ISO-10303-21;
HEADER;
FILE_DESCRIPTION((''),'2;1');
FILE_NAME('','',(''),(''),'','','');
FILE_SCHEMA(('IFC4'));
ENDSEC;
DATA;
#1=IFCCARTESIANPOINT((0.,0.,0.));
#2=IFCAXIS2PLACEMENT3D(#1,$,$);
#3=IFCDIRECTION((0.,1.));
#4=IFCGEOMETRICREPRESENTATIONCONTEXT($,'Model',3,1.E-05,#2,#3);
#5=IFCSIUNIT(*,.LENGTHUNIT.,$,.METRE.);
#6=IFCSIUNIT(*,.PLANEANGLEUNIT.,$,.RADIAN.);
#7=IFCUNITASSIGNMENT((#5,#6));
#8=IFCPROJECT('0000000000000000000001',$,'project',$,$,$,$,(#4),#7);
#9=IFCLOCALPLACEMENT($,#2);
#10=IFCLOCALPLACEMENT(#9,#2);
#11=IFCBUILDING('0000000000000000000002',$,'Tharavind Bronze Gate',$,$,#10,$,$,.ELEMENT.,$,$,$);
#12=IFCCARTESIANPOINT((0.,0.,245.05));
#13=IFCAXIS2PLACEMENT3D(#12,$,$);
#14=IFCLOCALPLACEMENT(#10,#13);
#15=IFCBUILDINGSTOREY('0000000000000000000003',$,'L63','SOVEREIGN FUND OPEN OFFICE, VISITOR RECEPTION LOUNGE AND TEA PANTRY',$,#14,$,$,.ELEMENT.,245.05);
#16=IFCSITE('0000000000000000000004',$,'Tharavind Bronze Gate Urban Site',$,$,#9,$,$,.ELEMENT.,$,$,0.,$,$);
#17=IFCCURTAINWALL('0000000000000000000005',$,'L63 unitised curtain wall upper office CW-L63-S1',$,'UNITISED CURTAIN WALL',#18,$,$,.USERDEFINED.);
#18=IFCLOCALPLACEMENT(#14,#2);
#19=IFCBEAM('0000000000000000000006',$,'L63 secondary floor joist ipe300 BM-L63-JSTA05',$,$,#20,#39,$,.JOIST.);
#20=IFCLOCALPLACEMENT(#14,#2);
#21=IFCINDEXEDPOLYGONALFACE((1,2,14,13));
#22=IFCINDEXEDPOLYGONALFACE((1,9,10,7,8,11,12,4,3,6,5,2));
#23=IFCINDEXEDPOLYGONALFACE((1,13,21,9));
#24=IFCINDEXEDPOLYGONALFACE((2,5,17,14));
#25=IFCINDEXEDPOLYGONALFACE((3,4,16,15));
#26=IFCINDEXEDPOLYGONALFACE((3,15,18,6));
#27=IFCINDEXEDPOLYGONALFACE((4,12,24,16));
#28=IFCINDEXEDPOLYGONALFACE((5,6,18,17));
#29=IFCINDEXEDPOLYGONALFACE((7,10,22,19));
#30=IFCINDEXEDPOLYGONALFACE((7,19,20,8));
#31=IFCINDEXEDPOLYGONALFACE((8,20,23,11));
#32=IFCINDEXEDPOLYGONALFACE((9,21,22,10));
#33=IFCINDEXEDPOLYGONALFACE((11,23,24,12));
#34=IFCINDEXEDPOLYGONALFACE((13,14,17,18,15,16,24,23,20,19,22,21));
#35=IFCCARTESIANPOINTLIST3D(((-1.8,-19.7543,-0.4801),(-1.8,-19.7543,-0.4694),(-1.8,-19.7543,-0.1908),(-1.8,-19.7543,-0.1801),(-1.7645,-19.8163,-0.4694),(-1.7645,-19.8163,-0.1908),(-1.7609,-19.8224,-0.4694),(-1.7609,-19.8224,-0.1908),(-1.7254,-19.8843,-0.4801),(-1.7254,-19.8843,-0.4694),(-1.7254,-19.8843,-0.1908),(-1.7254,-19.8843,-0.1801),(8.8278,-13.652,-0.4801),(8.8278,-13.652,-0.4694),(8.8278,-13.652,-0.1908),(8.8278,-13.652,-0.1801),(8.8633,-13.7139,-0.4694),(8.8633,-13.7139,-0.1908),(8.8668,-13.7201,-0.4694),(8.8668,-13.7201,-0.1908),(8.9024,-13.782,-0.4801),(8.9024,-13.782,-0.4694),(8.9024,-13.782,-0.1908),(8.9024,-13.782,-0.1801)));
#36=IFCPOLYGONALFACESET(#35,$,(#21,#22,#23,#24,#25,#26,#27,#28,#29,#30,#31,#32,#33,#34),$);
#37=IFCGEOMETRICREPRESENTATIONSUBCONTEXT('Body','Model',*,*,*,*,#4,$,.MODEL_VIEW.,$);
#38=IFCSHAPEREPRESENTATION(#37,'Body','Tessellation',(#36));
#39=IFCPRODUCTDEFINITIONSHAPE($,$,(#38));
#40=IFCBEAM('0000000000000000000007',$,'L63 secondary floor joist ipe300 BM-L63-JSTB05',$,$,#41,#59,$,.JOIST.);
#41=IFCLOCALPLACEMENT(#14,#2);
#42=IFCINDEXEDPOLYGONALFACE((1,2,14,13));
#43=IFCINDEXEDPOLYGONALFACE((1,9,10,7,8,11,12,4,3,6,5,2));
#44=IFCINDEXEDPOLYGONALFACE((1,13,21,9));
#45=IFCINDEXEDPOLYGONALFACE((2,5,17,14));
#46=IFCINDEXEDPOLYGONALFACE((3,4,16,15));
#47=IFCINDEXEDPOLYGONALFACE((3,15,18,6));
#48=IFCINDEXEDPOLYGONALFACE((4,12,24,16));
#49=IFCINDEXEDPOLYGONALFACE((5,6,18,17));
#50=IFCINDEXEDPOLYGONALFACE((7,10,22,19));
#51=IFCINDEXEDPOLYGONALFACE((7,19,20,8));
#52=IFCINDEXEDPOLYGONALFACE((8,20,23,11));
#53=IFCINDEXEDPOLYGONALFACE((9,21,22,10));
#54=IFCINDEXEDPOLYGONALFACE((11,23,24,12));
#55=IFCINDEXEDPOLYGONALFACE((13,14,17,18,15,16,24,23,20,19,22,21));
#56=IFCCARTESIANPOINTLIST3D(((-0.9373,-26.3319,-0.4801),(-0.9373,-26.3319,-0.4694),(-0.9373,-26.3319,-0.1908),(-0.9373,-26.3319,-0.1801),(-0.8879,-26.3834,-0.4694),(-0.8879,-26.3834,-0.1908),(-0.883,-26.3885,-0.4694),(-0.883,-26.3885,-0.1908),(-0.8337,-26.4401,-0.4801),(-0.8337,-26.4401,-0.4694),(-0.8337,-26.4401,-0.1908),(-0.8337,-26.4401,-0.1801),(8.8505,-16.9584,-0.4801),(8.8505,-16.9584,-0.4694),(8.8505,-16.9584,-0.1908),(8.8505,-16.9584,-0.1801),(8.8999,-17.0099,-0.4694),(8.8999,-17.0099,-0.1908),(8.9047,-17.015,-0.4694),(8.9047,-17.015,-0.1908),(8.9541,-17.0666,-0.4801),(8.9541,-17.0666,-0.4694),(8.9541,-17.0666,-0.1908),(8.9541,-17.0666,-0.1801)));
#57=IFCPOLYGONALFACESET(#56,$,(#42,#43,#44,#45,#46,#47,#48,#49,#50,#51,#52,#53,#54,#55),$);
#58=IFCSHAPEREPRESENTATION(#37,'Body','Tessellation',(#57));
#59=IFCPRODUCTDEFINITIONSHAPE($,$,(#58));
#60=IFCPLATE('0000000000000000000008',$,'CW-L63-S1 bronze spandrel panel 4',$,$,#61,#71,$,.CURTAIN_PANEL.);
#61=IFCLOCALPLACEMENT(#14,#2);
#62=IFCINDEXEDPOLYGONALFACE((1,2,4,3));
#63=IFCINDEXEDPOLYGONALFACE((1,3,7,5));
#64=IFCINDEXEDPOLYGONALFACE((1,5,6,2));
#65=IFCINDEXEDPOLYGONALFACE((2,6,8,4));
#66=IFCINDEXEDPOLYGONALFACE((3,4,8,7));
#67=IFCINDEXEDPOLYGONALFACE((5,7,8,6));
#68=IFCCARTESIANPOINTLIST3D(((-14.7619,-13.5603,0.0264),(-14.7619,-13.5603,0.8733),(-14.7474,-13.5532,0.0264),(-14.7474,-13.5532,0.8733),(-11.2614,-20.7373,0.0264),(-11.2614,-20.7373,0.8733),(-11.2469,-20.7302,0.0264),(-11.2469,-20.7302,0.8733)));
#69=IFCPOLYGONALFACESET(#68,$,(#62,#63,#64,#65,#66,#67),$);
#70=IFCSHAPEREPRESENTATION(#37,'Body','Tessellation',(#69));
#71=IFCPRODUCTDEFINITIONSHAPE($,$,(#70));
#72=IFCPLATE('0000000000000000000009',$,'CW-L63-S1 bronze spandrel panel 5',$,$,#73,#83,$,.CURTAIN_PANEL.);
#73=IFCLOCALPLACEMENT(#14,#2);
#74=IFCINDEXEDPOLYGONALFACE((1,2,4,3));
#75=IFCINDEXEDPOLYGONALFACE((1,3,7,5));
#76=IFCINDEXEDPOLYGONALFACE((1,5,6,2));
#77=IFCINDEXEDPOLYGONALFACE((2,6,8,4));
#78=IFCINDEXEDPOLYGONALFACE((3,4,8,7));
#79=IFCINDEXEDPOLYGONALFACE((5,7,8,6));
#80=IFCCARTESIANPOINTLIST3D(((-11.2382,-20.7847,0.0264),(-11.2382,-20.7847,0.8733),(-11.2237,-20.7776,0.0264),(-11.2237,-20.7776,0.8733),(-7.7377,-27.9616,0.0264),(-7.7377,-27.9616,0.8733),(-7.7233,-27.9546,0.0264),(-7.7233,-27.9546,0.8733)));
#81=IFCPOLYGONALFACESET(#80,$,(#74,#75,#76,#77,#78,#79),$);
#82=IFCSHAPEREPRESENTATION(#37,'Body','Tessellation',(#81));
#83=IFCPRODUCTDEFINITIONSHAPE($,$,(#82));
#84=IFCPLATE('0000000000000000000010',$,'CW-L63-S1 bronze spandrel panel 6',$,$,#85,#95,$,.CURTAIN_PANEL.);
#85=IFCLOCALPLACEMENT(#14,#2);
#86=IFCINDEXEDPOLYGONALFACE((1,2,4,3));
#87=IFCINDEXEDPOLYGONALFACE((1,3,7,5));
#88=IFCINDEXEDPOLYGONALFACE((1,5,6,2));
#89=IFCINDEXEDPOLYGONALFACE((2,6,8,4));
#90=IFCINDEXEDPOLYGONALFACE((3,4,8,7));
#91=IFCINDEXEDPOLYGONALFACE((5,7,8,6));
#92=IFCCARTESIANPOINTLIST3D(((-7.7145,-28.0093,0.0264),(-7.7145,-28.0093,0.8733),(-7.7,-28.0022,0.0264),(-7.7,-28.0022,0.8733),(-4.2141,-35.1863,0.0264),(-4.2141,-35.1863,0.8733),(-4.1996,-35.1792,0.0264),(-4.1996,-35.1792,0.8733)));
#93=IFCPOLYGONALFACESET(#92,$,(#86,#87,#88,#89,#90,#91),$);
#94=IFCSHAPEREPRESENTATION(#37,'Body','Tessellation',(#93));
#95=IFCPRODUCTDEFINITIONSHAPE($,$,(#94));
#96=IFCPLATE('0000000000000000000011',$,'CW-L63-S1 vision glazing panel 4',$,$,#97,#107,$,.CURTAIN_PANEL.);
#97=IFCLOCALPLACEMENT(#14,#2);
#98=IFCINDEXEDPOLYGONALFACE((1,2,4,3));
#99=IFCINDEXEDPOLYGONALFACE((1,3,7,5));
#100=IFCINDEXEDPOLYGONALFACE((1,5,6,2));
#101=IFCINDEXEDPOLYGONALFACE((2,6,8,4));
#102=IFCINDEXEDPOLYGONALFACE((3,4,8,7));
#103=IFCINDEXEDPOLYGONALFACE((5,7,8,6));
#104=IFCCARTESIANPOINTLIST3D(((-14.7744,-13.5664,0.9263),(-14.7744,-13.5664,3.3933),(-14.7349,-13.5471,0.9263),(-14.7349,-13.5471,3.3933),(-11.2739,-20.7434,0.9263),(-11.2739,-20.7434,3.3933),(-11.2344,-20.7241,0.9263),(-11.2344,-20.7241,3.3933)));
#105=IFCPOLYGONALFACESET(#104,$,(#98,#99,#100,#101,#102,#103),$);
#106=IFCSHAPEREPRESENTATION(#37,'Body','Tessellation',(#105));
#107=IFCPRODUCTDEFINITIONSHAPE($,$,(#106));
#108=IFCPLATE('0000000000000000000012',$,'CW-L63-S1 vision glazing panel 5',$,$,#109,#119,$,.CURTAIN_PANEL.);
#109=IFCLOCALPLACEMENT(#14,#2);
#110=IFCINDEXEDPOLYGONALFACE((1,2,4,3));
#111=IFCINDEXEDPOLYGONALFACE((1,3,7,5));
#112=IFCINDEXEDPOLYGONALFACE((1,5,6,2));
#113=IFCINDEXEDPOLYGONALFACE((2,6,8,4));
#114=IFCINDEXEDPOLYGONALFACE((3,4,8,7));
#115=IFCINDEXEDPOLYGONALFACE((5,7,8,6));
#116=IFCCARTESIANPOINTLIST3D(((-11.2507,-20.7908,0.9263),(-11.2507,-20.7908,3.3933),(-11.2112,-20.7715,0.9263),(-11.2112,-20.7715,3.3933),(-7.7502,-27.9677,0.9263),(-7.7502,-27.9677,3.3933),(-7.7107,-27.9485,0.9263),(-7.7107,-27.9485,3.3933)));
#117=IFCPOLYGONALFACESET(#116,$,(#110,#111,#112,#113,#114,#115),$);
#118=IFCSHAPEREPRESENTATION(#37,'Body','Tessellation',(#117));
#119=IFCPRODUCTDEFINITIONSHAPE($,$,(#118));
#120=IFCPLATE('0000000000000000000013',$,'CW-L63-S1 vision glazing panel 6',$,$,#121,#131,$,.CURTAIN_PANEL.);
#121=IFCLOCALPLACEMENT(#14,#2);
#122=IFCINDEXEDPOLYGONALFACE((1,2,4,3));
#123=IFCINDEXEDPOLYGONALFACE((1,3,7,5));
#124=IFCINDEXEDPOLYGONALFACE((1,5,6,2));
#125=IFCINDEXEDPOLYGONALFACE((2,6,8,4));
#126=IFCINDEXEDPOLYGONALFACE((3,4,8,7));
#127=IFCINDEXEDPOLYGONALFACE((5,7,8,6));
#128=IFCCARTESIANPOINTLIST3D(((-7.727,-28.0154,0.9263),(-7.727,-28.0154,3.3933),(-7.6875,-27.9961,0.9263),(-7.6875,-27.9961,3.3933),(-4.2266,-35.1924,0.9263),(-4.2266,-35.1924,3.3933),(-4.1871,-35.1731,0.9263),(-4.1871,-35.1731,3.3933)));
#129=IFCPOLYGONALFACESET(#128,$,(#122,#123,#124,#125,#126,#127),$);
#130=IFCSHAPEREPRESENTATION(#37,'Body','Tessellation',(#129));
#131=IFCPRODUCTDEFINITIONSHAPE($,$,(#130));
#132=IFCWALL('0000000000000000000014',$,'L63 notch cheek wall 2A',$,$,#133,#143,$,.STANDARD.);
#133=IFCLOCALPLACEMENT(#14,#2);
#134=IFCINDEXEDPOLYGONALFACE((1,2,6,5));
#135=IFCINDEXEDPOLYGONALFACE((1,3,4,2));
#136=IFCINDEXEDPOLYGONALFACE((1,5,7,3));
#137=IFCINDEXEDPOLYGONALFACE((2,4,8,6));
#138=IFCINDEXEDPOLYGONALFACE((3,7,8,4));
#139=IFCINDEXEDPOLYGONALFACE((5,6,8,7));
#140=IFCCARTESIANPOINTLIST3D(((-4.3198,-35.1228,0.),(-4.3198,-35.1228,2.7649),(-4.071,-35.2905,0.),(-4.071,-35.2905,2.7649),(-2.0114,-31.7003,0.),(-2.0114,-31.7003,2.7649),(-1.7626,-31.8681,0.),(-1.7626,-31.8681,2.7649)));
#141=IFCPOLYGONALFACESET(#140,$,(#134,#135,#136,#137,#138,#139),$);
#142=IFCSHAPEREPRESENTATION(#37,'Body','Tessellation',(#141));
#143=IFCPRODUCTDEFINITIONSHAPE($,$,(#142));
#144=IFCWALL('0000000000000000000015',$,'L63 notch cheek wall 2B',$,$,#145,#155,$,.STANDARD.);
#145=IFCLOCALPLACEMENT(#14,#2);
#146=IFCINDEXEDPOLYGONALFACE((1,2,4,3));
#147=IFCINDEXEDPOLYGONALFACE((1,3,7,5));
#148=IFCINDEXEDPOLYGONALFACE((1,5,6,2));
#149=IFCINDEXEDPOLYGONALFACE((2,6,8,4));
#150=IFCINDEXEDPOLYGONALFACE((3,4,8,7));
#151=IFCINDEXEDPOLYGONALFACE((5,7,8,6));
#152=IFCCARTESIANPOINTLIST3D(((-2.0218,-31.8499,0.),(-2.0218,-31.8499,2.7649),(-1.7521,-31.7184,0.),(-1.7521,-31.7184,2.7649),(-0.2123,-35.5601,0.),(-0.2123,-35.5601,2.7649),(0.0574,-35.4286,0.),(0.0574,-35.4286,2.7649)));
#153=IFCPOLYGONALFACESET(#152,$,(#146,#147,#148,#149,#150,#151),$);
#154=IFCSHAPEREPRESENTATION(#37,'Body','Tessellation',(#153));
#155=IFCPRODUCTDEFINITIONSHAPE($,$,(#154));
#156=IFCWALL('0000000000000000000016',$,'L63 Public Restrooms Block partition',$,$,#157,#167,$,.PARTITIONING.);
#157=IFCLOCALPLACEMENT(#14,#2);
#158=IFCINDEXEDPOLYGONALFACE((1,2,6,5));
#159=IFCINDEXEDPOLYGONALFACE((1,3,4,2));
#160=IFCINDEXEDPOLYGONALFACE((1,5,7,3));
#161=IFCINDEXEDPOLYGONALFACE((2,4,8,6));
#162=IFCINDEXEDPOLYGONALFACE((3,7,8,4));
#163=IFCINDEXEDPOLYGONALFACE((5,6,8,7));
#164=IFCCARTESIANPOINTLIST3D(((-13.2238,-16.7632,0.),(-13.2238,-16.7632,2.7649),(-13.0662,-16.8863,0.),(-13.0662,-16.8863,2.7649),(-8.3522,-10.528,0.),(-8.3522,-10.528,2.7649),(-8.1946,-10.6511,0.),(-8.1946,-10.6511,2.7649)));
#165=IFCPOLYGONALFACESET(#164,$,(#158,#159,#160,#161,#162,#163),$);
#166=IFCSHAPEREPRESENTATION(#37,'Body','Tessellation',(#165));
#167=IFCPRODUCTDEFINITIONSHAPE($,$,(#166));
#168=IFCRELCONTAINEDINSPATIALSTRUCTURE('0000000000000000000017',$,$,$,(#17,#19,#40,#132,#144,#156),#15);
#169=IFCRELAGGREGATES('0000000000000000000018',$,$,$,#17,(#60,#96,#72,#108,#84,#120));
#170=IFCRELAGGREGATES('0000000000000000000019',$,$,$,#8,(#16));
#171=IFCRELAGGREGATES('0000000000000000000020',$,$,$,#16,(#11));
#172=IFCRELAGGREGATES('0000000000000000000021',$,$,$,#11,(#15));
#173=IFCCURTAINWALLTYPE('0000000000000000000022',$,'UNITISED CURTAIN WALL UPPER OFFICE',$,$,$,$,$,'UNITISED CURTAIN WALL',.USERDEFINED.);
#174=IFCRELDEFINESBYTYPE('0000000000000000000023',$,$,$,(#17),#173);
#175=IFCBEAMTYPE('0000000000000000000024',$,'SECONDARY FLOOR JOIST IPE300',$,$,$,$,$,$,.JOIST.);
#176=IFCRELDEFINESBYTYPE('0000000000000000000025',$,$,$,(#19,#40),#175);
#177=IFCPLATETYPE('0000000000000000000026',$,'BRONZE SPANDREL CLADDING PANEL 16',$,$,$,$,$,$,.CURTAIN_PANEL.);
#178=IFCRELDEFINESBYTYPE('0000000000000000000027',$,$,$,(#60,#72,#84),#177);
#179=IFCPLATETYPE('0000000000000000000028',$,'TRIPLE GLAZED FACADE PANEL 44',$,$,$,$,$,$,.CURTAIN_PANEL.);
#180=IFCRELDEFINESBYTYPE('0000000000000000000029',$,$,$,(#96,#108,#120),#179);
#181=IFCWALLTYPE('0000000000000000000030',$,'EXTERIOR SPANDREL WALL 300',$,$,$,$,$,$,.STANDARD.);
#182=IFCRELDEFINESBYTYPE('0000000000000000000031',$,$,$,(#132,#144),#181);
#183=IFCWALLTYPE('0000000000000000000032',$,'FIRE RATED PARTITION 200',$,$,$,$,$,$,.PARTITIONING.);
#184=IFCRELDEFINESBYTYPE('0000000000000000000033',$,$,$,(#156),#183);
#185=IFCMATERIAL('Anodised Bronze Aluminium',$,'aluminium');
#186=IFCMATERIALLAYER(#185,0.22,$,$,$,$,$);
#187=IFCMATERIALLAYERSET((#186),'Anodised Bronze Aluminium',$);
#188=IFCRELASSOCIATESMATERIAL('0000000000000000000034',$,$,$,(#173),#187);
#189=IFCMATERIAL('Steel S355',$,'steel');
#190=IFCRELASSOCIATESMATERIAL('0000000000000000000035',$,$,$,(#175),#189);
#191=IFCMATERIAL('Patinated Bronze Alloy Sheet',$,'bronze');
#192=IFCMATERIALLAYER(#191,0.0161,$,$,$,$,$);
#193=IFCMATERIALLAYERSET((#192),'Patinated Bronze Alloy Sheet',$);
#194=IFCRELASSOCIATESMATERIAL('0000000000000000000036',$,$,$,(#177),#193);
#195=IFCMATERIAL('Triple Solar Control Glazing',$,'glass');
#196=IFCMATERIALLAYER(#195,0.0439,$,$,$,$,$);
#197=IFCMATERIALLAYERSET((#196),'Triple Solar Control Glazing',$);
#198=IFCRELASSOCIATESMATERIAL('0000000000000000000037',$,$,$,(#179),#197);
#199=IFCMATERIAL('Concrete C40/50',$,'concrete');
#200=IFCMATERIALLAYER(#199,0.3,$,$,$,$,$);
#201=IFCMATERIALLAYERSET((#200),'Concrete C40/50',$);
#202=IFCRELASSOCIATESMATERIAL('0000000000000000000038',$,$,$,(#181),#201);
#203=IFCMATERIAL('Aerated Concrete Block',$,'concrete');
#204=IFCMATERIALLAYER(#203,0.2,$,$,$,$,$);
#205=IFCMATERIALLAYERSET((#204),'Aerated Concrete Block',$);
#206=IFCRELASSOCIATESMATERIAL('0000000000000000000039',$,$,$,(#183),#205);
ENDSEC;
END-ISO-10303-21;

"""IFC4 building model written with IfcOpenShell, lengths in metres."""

from ifc_helpers import new_model, si_unit, direction, frame, frame_2d, origin, origin_2d, place, context, subcontext, project, spatial, rectangle, i_section, extrude, material, layer, layer_set, material_profile, profile_set, type_object, element, aggregate, save


model = new_model("IFC4")

# Units and contexts
model_context = context("Model", 3, precision=1e-05, world=origin(), true_north=direction((0.0, 1.0)))
body_context = subcontext(model_context, "Body", "Model", "MODEL_VIEW")
ifc_project = project(units=[si_unit("LENGTHUNIT", "METRE"), si_unit("PLANEANGLEUNIT", "RADIAN")], contexts=[model_context])

# Site, building, storey
site_placement = place(None, origin())
site = spatial("IfcSite", under=ifc_project, at=site_placement, Name="Tharavind Bronze Gate Urban Site", CompositionType="ELEMENT", RefElevation=0.0)
building_placement = place(site_placement, origin())
building = spatial("IfcBuilding", under=site, at=building_placement, Name="Tharavind Bronze Gate", CompositionType="ELEMENT")
storey_placement = place(building_placement, frame((0.0, 0.0, 245.05)))
storey = spatial("IfcBuildingStorey", under=building, at=storey_placement, Name="L63", Description="SOVEREIGN FUND OPEN OFFICE, VISITOR RECEPTION LOUNGE AND TEA PANTRY", CompositionType="ELEMENT", Elevation=245.05)

# Curtain wall
ifc_material_1 = material(Name="Anodised Bronze Aluminium", Category="aluminium")
ifc_layer_1 = layer(ifc_material_1, 0.22)
ifc_layer_set_1 = layer_set([ifc_layer_1], Name="Anodised Bronze Aluminium")
curtain_wall_type = type_object("IfcCurtainWallType", Name="UNITISED CURTAIN WALL UPPER OFFICE", ElementType="UNITISED CURTAIN WALL", PredefinedType="USERDEFINED", material=ifc_layer_set_1)
curtain_wall_1_placement = place(storey_placement, origin())
curtain_wall_1 = element("IfcCurtainWall", 1, at=curtain_wall_1_placement, inside=storey, type_object=curtain_wall_type, Name="L63 unitised curtain wall upper office CW-L63-S1", ObjectType="UNITISED CURTAIN WALL", PredefinedType="USERDEFINED")

# Beams
ifc_material_2 = material(Name="Steel S355", Category="steel")
ifc_material_profile_1 = material_profile(ifc_material_2, i_section(OverallWidth=0.1499, OverallDepth=0.3, WebThickness=0.0071, FlangeThickness=0.0107, at=origin_2d()), Name="IPE300")
ifc_profile_set_1 = profile_set([ifc_material_profile_1], Name="Steel S355")
beam_type_1 = type_object("IfcBeamType", Name="SECONDARY FLOOR JOIST IPE300", PredefinedType="JOIST", material=ifc_profile_set_1)
beam_1_placement = place(storey_placement, frame((-1.7627, -19.8193, -0.3301), z_axis=(0.86721, 0.497942, 0.0), x_axis=(-0.497942, 0.86721, 0.0)))
element("IfcBeam", 2, at=beam_1_placement, inside=storey, type_object=beam_type_1, Name="L63 secondary floor joist ipe300 BM-L63-JSTA05", PredefinedType="JOIST", context=body_context, shape_type="SweptSolid", body=[
    extrude(i_section(OverallWidth=0.1499, OverallDepth=0.3, WebThickness=0.0071, FlangeThickness=0.0107, at=origin_2d()), origin(), (0.0, 0.0, 1.0), 12.2551),
])
beam_2_placement = place(storey_placement, frame((-0.8855, -26.386, -0.3301), z_axis=(0.722227, 0.691656, 0.0), x_axis=(-0.691656, 0.722227, 0.0)))
element("IfcBeam", 3, at=beam_2_placement, inside=storey, type_object=beam_type_1, Name="L63 secondary floor joist ipe300 BM-L63-JSTB05", PredefinedType="JOIST", context=body_context, shape_type="SweptSolid", body=[
    extrude(i_section(OverallWidth=0.1499, OverallDepth=0.3, WebThickness=0.0071, FlangeThickness=0.0107, at=origin_2d()), origin(), (0.0, 0.0, 1.0), 13.5522),
])

# Plates
ifc_material_3 = material(Name="Patinated Bronze Alloy Sheet", Category="bronze")
ifc_layer_2 = layer(ifc_material_3, 0.0161)
ifc_layer_set_2 = layer_set([ifc_layer_2], Name="Patinated Bronze Alloy Sheet")
plate_type_1 = type_object("IfcPlateType", Name="BRONZE SPANDREL CLADDING PANEL 16", PredefinedType="CURTAIN_PANEL", material=ifc_layer_set_2)
plate_1_placement = place(storey_placement, frame((-13.0044, -17.1453, 0.0264), z_axis=(0.0, 0.0, 1.0), x_axis=(0.438371, -0.898794, 0.0)))
plate_1 = element("IfcPlate", 4, at=plate_1_placement, type_object=plate_type_1, Name="CW-L63-S1 bronze spandrel panel 4", PredefinedType="CURTAIN_PANEL", context=body_context, shape_type="SweptSolid", body=[
    extrude(rectangle(XDim=7.9851, YDim=0.0161, at=origin_2d()), origin(), (0.0, 0.0, 1.0), 0.8469),
])
plate_2_placement = place(storey_placement, frame((-9.4807, -24.3696, 0.0264), z_axis=(0.0, 0.0, 1.0), x_axis=(0.438371, -0.898794, 0.0)))
plate_2 = element("IfcPlate", 5, at=plate_2_placement, type_object=plate_type_1, Name="CW-L63-S1 bronze spandrel panel 5", PredefinedType="CURTAIN_PANEL", context=body_context, shape_type="SweptSolid", body=[
    extrude(rectangle(XDim=7.9851, YDim=0.0161, at=origin_2d()), origin(), (0.0, 0.0, 1.0), 0.8469),
])
plate_3_placement = place(storey_placement, frame((-5.957, -31.5942, 0.0264), z_axis=(0.0, 0.0, 1.0), x_axis=(0.438371, -0.898794, 0.0)))
plate_3 = element("IfcPlate", 6, at=plate_3_placement, type_object=plate_type_1, Name="CW-L63-S1 bronze spandrel panel 6", PredefinedType="CURTAIN_PANEL", context=body_context, shape_type="SweptSolid", body=[
    extrude(rectangle(XDim=7.9851, YDim=0.0161, at=origin_2d()), origin(), (0.0, 0.0, 1.0), 0.8469),
])
ifc_material_4 = material(Name="Triple Solar Control Glazing", Category="glass")
ifc_layer_3 = layer(ifc_material_4, 0.0439)
ifc_layer_set_3 = layer_set([ifc_layer_3], Name="Triple Solar Control Glazing")
plate_type_2 = type_object("IfcPlateType", Name="TRIPLE GLAZED FACADE PANEL 44", PredefinedType="CURTAIN_PANEL", material=ifc_layer_set_3)
plate_4_placement = place(storey_placement, frame((-13.0044, -17.1453, 0.9263), z_axis=(0.0, 0.0, 1.0), x_axis=(0.438371, -0.898794, 0.0)))
plate_4 = element("IfcPlate", 7, at=plate_4_placement, type_object=plate_type_2, Name="CW-L63-S1 vision glazing panel 4", PredefinedType="CURTAIN_PANEL", context=body_context, shape_type="SweptSolid", body=[
    extrude(rectangle(XDim=7.9851, YDim=0.0439, at=origin_2d()), origin(), (0.0, 0.0, 1.0), 2.467),
])
plate_5_placement = place(storey_placement, frame((-9.4807, -24.3696, 0.9263), z_axis=(0.0, 0.0, 1.0), x_axis=(0.438371, -0.898794, 0.0)))
plate_5 = element("IfcPlate", 8, at=plate_5_placement, type_object=plate_type_2, Name="CW-L63-S1 vision glazing panel 5", PredefinedType="CURTAIN_PANEL", context=body_context, shape_type="SweptSolid", body=[
    extrude(rectangle(XDim=7.9851, YDim=0.0439, at=origin_2d()), origin(), (0.0, 0.0, 1.0), 2.467),
])
plate_6_placement = place(storey_placement, frame((-5.957, -31.5942, 0.9263), z_axis=(0.0, 0.0, 1.0), x_axis=(0.438371, -0.898794, 0.0)))
plate_6 = element("IfcPlate", 9, at=plate_6_placement, type_object=plate_type_2, Name="CW-L63-S1 vision glazing panel 6", PredefinedType="CURTAIN_PANEL", context=body_context, shape_type="SweptSolid", body=[
    extrude(rectangle(XDim=7.9851, YDim=0.0439, at=origin_2d()), origin(), (0.0, 0.0, 1.0), 2.467),
])
aggregate(curtain_wall_1, [plate_1, plate_4, plate_2, plate_5, plate_3, plate_6])

# Walls
ifc_material_5 = material(Name="Concrete C40/50", Category="concrete")
ifc_layer_4 = layer(ifc_material_5, 0.3)
ifc_layer_set_4 = layer_set([ifc_layer_4], Name="Concrete C40/50")
wall_type_1 = type_object("IfcWallType", Name="EXTERIOR SPANDREL WALL 300", PredefinedType="STANDARD", material=ifc_layer_set_4)
wall_1_placement = place(storey_placement, frame((-4.1953, -35.2065, 0.0), z_axis=(0.0, 0.0, 1.0), x_axis=(0.559182, 0.829045, 0.0)))
element("IfcWall", 10, at=wall_1_placement, inside=storey, type_object=wall_type_1, Name="L63 notch cheek wall 2A", PredefinedType="STANDARD", context=body_context, shape_type="SweptSolid", body=[
    extrude(rectangle(XDim=4.1282, YDim=0.3, at=frame_2d((2.064, 0.0))), origin(), (0.0, 0.0, 1.0), 2.7649),
])
wall_2_placement = place(storey_placement, frame((-1.887, -31.7842, 0.0), z_axis=(0.0, 0.0, 1.0), x_axis=(0.438368, -0.898796, 0.0)))
element("IfcWall", 11, at=wall_2_placement, inside=storey, type_object=wall_type_1, Name="L63 notch cheek wall 2B", PredefinedType="STANDARD", context=body_context, shape_type="SweptSolid", body=[
    extrude(rectangle(XDim=4.1279, YDim=0.3, at=frame_2d((2.064, 0.0))), origin(), (0.0, 0.0, 1.0), 2.7649),
])
ifc_material_6 = material(Name="Aerated Concrete Block", Category="concrete")
ifc_layer_5 = layer(ifc_material_6, 0.2)
ifc_layer_set_5 = layer_set([ifc_layer_5], Name="Aerated Concrete Block")
wall_type_2 = type_object("IfcWallType", Name="FIRE RATED PARTITION 200", PredefinedType="PARTITIONING", material=ifc_layer_set_5)
wall_3_placement = place(storey_placement, frame((-13.145, -16.8247, 0.0), z_axis=(0.0, 0.0, 1.0), x_axis=(0.615676, 0.788, 0.0)))
element("IfcWall", 12, at=wall_3_placement, inside=storey, type_object=wall_type_2, Name="L63 Public Restrooms Block partition", PredefinedType="PARTITIONING", context=body_context, shape_type="SweptSolid", body=[
    extrude(rectangle(XDim=7.9126, YDim=0.2, at=frame_2d((3.9563, 0.0))), origin(), (0.0, 0.0, 1.0), 2.7649),
])

save(model, "model.ifc")
